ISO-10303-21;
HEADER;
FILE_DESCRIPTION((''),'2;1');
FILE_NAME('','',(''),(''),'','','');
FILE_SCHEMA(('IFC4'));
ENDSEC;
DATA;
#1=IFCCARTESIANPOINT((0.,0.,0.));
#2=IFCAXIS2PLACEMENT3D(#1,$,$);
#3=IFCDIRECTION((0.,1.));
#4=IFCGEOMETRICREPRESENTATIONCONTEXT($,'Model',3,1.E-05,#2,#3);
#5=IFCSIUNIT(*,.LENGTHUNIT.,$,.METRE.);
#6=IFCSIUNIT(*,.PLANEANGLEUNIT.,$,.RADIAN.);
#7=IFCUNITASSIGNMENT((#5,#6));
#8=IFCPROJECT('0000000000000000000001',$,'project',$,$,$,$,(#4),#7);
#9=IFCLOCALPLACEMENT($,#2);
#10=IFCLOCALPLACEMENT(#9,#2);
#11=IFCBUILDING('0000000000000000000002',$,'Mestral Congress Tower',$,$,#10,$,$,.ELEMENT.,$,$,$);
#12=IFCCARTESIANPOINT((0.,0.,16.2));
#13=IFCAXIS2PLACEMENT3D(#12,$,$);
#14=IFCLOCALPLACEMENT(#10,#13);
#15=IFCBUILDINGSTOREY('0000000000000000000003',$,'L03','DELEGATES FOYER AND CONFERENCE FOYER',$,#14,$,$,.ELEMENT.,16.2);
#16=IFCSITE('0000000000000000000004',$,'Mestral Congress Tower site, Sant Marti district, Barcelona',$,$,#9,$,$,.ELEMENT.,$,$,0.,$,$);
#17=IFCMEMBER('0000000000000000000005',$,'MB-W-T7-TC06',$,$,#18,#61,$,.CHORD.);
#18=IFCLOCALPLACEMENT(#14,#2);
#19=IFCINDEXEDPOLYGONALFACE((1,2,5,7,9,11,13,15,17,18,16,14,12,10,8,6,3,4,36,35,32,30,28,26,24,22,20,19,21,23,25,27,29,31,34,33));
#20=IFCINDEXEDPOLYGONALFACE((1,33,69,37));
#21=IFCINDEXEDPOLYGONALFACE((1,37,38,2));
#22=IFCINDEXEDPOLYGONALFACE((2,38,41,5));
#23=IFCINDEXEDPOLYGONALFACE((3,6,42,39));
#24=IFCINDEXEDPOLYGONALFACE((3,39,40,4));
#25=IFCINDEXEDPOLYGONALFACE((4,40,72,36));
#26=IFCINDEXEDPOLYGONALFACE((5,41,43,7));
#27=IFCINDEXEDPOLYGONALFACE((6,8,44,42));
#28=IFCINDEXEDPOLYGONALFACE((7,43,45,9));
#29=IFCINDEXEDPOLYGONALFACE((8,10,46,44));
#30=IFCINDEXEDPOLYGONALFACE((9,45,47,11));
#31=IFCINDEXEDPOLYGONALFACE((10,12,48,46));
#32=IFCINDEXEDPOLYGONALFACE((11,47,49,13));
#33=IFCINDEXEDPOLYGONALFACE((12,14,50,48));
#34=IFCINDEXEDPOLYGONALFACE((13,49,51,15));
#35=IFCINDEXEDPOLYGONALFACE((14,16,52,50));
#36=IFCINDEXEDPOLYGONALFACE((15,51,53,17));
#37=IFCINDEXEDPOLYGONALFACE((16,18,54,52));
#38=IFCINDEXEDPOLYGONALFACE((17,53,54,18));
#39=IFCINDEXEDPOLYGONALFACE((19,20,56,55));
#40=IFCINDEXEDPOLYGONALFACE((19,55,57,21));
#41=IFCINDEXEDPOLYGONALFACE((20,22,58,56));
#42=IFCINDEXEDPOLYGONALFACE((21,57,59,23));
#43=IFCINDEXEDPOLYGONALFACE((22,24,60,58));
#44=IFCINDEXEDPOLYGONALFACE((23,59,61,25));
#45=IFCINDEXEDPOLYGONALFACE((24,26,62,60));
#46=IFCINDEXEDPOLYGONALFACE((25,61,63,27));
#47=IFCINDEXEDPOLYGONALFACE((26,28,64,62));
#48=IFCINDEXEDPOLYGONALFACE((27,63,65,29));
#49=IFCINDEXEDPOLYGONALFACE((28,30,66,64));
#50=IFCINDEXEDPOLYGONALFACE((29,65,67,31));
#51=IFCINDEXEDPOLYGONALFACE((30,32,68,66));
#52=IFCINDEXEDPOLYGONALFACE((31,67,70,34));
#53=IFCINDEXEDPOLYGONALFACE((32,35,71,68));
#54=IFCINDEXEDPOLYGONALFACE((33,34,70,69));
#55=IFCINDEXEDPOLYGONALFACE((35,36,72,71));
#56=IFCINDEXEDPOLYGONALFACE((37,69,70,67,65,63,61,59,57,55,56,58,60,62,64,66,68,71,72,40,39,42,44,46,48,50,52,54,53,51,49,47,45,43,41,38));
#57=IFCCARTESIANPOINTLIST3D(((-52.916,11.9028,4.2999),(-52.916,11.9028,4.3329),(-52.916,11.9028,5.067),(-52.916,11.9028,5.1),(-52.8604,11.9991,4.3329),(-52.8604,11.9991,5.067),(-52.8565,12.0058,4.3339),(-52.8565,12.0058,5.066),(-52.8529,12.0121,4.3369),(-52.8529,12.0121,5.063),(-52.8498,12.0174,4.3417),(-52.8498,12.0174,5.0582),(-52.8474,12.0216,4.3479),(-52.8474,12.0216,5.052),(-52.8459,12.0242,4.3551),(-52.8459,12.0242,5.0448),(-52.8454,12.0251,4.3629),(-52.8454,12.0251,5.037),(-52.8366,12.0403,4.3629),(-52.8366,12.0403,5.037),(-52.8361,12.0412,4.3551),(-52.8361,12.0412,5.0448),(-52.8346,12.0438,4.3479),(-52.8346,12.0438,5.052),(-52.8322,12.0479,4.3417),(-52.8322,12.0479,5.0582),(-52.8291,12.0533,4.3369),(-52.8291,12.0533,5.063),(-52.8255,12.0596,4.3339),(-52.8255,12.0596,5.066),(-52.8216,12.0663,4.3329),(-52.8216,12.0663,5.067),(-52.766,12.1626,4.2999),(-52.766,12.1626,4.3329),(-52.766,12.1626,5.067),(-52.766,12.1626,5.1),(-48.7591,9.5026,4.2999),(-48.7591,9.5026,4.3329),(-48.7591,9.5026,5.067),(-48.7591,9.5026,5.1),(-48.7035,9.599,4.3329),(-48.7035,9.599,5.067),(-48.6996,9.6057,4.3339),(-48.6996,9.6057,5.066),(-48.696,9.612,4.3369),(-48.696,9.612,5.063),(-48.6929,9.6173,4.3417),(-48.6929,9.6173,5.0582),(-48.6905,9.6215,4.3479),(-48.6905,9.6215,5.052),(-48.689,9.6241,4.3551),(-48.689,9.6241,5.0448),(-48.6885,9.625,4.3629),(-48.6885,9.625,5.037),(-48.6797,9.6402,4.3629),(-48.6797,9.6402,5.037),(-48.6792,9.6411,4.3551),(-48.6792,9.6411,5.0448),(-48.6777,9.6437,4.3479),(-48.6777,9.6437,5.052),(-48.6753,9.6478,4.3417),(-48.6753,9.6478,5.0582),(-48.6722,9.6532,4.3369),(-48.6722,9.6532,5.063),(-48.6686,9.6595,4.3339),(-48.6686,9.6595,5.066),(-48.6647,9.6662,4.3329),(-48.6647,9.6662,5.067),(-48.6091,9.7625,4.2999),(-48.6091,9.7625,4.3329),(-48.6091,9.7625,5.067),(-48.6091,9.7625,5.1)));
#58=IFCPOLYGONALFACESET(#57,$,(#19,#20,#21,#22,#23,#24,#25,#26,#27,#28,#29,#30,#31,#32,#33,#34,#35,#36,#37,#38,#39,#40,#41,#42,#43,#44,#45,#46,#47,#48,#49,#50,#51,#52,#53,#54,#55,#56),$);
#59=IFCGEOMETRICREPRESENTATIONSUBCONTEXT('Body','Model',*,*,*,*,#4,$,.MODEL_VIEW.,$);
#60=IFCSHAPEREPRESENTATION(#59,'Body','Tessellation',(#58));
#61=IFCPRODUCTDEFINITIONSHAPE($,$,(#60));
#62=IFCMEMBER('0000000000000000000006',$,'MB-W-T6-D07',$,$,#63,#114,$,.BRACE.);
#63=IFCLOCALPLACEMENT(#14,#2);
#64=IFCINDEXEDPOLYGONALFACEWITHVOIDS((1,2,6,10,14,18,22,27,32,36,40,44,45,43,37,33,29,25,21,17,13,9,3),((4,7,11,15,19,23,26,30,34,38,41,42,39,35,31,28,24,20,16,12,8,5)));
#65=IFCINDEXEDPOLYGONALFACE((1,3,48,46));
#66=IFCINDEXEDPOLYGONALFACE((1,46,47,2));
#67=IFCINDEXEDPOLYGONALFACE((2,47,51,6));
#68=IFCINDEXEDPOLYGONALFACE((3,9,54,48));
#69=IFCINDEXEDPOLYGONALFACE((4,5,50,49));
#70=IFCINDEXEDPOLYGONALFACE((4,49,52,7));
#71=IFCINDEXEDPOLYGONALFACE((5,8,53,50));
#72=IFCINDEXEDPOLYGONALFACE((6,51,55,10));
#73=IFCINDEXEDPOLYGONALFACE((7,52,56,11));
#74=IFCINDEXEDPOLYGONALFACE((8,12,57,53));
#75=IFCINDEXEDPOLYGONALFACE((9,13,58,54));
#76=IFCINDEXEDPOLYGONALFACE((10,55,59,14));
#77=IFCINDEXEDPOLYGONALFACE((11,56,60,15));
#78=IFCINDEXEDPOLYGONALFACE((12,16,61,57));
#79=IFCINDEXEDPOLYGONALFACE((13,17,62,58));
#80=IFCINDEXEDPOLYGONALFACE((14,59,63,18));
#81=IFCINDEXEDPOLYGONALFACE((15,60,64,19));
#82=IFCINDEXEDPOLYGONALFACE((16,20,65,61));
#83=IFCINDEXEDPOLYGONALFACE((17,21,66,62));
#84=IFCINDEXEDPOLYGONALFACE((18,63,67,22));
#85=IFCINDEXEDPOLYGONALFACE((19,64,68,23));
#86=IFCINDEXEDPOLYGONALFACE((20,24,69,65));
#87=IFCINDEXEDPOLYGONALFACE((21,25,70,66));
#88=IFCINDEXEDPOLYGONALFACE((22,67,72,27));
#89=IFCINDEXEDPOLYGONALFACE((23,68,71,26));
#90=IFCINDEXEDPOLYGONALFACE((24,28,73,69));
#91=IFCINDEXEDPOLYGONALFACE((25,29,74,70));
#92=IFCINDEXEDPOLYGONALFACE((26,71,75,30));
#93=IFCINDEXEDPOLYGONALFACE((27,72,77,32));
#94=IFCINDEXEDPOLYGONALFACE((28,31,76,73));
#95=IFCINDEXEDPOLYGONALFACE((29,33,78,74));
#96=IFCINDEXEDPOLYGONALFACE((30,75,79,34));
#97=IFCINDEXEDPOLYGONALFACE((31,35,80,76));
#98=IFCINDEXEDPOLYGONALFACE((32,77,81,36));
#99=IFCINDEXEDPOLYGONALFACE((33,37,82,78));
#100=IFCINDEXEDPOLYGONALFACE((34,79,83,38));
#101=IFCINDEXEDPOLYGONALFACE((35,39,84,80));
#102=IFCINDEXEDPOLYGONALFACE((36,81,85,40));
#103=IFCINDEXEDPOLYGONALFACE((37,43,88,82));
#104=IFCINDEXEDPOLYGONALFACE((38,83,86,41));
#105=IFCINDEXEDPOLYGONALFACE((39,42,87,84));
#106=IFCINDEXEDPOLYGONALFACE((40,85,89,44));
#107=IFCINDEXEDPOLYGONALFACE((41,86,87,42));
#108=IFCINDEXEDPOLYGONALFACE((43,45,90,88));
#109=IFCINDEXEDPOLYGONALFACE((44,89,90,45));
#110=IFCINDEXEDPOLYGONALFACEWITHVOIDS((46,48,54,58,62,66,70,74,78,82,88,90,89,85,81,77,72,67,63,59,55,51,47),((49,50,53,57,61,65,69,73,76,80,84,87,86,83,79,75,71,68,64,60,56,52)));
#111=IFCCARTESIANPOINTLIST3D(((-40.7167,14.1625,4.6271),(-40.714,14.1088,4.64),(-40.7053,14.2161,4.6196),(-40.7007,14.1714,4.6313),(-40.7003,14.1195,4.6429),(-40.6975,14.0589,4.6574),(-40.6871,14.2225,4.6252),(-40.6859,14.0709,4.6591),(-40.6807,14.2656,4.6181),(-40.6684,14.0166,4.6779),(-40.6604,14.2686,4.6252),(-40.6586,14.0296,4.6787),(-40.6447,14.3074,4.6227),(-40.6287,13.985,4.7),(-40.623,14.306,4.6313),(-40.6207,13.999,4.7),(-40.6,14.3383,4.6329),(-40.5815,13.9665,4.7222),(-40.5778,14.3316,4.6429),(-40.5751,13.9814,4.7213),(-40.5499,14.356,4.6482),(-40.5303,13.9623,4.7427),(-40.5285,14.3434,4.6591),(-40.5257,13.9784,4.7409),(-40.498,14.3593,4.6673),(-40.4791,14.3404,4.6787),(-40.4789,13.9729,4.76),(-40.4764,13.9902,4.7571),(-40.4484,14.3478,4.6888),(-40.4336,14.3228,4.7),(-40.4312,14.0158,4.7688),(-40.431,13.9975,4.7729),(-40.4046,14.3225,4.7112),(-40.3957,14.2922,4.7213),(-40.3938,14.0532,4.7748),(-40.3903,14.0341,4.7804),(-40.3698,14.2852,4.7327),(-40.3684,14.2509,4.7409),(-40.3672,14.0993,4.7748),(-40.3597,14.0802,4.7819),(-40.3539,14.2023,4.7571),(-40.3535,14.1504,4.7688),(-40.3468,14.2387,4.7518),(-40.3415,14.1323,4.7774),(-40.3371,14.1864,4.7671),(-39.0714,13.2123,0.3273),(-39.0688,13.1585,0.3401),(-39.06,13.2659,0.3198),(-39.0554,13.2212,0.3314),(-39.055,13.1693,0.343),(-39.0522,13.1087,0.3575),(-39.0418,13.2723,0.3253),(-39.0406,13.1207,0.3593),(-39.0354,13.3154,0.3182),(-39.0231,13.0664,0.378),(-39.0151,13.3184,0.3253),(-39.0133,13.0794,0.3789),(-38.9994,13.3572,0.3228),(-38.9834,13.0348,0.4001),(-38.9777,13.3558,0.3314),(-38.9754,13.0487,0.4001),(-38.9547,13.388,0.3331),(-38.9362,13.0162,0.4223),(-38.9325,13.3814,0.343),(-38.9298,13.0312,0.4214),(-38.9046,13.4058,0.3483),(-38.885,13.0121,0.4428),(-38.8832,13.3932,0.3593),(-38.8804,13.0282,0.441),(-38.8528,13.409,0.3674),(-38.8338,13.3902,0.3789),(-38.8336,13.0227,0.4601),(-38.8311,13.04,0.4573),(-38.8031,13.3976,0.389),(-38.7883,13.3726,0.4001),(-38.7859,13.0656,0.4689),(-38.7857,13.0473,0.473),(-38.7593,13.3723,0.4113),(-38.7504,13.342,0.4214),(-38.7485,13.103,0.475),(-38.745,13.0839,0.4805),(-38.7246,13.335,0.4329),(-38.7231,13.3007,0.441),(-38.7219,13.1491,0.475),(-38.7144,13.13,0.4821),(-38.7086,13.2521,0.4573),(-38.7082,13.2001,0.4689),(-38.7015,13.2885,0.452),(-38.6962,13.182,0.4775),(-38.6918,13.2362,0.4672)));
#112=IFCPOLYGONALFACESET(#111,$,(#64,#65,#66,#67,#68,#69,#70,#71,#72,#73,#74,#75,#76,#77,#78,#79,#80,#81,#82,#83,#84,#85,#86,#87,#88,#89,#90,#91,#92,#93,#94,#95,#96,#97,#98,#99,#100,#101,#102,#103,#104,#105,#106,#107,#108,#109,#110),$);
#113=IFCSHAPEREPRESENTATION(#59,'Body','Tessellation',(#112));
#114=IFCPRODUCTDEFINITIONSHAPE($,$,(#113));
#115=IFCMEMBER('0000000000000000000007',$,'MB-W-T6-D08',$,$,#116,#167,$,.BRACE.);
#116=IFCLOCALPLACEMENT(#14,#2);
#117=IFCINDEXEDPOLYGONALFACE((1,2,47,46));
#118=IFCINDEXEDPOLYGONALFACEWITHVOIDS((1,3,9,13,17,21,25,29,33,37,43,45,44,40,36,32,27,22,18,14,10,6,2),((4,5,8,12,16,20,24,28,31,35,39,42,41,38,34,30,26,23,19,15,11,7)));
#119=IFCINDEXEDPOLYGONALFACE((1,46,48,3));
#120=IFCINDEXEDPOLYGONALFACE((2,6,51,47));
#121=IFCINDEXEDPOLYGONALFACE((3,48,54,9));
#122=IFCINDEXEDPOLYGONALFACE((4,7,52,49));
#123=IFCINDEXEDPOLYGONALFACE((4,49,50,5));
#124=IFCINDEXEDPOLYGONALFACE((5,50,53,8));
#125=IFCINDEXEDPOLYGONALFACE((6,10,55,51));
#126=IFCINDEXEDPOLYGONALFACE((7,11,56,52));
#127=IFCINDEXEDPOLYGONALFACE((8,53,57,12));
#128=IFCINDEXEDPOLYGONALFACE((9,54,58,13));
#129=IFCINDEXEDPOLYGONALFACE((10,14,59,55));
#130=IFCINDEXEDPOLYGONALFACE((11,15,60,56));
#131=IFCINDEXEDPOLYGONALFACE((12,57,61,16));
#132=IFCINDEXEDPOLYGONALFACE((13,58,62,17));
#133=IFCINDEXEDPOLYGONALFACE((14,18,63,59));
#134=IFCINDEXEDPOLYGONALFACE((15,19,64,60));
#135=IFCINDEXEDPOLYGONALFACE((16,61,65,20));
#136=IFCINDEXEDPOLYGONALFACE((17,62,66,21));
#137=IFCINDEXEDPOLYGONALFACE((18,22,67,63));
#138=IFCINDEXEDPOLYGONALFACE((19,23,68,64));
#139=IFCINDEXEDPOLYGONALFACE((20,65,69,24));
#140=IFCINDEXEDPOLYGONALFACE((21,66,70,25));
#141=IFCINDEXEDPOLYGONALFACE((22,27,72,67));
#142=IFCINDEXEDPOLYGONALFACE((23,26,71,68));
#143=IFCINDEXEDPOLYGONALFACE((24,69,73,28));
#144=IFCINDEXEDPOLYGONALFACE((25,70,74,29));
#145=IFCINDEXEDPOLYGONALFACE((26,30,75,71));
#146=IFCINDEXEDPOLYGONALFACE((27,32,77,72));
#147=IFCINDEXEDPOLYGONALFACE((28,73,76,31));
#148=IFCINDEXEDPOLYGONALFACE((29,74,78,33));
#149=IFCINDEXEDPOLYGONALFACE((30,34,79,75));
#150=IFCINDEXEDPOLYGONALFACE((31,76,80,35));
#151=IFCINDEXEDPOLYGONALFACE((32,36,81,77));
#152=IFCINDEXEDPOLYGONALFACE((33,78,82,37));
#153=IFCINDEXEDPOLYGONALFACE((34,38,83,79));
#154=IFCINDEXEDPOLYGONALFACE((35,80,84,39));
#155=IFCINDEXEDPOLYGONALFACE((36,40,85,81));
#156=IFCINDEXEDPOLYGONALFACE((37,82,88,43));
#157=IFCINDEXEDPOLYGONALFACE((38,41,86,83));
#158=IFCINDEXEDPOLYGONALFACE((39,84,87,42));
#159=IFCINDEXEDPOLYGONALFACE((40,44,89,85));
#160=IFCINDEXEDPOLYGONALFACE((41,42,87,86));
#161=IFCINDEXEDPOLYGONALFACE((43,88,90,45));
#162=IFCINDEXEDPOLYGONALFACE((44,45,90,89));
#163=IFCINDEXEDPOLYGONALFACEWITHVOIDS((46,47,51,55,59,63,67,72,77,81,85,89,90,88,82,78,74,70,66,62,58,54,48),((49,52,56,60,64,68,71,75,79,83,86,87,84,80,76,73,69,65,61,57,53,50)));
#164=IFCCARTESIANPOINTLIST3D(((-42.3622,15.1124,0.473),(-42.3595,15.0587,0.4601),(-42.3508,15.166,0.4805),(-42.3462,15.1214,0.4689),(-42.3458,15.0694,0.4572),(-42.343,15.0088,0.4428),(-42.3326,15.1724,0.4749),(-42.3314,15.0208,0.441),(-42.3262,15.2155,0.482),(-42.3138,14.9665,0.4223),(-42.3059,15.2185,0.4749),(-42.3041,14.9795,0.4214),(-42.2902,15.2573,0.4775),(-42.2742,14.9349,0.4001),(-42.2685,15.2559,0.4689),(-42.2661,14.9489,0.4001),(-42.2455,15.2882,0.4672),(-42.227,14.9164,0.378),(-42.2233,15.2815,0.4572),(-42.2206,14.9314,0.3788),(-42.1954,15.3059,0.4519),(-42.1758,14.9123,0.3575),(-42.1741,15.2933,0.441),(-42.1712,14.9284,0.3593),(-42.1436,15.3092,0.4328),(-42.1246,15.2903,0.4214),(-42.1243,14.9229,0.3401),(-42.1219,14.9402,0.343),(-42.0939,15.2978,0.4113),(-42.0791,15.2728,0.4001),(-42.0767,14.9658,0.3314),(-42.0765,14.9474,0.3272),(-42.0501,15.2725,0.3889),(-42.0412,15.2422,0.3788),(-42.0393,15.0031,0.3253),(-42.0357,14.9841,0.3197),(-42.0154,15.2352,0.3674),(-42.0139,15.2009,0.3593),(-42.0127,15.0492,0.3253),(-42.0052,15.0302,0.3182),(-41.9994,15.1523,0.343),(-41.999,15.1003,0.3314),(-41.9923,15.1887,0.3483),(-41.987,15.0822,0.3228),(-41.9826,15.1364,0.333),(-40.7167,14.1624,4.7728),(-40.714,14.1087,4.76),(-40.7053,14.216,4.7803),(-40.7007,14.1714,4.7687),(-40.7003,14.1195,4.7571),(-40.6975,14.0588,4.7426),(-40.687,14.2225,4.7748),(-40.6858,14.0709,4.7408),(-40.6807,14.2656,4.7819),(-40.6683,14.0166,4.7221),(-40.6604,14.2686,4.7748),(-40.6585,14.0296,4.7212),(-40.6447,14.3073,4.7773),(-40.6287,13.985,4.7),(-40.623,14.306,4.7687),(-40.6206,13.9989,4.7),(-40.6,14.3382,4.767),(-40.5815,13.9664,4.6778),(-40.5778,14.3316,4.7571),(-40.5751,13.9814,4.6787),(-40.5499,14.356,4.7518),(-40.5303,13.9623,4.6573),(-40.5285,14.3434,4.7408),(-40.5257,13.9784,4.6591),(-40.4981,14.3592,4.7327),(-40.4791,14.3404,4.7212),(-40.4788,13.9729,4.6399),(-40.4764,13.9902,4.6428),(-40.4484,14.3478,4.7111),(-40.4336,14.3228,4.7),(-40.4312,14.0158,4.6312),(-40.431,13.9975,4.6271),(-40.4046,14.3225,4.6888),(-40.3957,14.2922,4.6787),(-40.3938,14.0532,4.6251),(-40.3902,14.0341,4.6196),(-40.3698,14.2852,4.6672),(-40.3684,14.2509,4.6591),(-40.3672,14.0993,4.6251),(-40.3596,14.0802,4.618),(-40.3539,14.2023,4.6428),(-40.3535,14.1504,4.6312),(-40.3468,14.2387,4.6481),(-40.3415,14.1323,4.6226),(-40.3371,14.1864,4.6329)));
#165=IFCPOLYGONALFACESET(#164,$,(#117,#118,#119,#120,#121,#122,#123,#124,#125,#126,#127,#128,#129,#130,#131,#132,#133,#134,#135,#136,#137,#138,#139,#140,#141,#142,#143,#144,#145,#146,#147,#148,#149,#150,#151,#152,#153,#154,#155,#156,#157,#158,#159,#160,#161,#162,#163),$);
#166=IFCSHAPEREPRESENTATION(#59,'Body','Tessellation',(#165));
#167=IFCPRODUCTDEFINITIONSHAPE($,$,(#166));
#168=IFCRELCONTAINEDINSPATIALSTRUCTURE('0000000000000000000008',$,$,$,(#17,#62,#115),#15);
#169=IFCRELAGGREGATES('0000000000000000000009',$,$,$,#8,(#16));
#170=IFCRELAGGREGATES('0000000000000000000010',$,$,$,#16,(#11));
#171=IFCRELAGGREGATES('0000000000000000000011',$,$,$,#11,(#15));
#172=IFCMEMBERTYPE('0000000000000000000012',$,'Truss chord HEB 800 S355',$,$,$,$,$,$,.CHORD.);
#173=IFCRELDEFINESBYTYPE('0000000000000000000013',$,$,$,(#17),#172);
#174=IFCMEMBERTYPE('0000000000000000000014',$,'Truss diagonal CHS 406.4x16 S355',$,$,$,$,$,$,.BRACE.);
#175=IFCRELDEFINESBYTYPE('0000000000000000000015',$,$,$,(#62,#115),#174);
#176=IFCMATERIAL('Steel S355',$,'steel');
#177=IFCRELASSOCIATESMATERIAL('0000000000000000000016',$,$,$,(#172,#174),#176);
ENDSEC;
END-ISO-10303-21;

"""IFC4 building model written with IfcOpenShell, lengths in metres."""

from ifc_helpers import new_model, si_unit, direction, frame, origin, origin_2d, place, context, subcontext, project, spatial, hollow_circle, i_section, extrude, material, material_profile, profile_set, type_object, element, save


model = new_model("IFC4")

# Units and contexts
model_context = context("Model", 3, precision=1e-05, world=origin(), true_north=direction((0.0, 1.0)))
body_context = subcontext(model_context, "Body", "Model", "MODEL_VIEW")
ifc_project = project(units=[si_unit("LENGTHUNIT", "METRE"), si_unit("PLANEANGLEUNIT", "RADIAN")], contexts=[model_context])

# Site, building, storey
site_placement = place(None, origin())
site = spatial("IfcSite", under=ifc_project, at=site_placement, Name="Mestral Congress Tower site, Sant Marti district, Barcelona", CompositionType="ELEMENT", RefElevation=0.0)
building_placement = place(site_placement, origin())
building = spatial("IfcBuilding", under=site, at=building_placement, Name="Mestral Congress Tower", CompositionType="ELEMENT")
storey_placement = place(building_placement, frame((0.0, 0.0, 16.2)))
storey = spatial("IfcBuildingStorey", under=building, at=storey_placement, Name="L03", Description="DELEGATES FOYER AND CONFERENCE FOYER", CompositionType="ELEMENT", Elevation=16.2)

# Members
ifc_material = material(Name="Steel S355", Category="steel")
ifc_material_profile_1 = material_profile(ifc_material, i_section(OverallWidth=0.3, OverallDepth=0.8, WebThickness=0.0176, FlangeThickness=0.033, FilletRadius=0.03, at=origin_2d()), Name="HEB 800")
ifc_profile_set_1 = profile_set([ifc_material_profile_1], Name="Steel S355")
member_type_1 = type_object("IfcMemberType", Name="Truss chord HEB 800 S355", PredefinedType="CHORD", material=ifc_profile_set_1)
for number, where, z_axis, x_axis, name in (
    (1, (-48.6841, 9.6326, 4.7), (-0.866015, 0.500017, 0.0), (-0.500017, -0.866015, 0.0), "MB-W-T7-TC06"),
):
    element("IfcMember", number, at=place(storey_placement, frame(where, z_axis=z_axis, x_axis=x_axis)), inside=storey, type_object=member_type_1, Name=name, PredefinedType="CHORD", context=body_context, shape_type="SweptSolid", body=[
        extrude(i_section(OverallWidth=0.3, OverallDepth=0.8, WebThickness=0.0176, FlangeThickness=0.033, FilletRadius=0.03, at=origin_2d()), origin(), (0.0, 0.0, 1.0), 4.8),
    ])
ifc_material_profile_2 = material_profile(ifc_material, hollow_circle(Radius=0.2031, WallThickness=0.0161, at=origin_2d()), Name="CHS 406.4x16")
ifc_profile_set_2 = profile_set([ifc_material_profile_2], Name="Steel S355")
member_type_2 = type_object("IfcMemberType", Name="Truss diagonal CHS 406.4x16 S355", PredefinedType="BRACE", material=ifc_profile_set_2)
for number, where, z_axis, x_axis, name in (
    (2, (-38.8818, 13.2107, 0.4001), (-0.349992, 0.202132, 0.914685), (-0.500119, -0.865957, 0.0), "MB-W-T6-D07"),
    (3, (-40.5271, 14.1609, 4.7), (-0.350041, 0.202079, -0.914678), (-0.499967, -0.866044, 0.0), "MB-W-T6-D08"),
):
    element("IfcMember", number, at=place(storey_placement, frame(where, z_axis=z_axis, x_axis=x_axis)), inside=storey, type_object=member_type_2, Name=name, PredefinedType="BRACE", context=body_context, shape_type="SweptSolid", body=[
        extrude(hollow_circle(Radius=0.2031, WallThickness=0.0161, at=origin_2d()), origin(), (0.0, 0.0, 1.0), 4.7009),
    ])

save(model, "model.ifc")
